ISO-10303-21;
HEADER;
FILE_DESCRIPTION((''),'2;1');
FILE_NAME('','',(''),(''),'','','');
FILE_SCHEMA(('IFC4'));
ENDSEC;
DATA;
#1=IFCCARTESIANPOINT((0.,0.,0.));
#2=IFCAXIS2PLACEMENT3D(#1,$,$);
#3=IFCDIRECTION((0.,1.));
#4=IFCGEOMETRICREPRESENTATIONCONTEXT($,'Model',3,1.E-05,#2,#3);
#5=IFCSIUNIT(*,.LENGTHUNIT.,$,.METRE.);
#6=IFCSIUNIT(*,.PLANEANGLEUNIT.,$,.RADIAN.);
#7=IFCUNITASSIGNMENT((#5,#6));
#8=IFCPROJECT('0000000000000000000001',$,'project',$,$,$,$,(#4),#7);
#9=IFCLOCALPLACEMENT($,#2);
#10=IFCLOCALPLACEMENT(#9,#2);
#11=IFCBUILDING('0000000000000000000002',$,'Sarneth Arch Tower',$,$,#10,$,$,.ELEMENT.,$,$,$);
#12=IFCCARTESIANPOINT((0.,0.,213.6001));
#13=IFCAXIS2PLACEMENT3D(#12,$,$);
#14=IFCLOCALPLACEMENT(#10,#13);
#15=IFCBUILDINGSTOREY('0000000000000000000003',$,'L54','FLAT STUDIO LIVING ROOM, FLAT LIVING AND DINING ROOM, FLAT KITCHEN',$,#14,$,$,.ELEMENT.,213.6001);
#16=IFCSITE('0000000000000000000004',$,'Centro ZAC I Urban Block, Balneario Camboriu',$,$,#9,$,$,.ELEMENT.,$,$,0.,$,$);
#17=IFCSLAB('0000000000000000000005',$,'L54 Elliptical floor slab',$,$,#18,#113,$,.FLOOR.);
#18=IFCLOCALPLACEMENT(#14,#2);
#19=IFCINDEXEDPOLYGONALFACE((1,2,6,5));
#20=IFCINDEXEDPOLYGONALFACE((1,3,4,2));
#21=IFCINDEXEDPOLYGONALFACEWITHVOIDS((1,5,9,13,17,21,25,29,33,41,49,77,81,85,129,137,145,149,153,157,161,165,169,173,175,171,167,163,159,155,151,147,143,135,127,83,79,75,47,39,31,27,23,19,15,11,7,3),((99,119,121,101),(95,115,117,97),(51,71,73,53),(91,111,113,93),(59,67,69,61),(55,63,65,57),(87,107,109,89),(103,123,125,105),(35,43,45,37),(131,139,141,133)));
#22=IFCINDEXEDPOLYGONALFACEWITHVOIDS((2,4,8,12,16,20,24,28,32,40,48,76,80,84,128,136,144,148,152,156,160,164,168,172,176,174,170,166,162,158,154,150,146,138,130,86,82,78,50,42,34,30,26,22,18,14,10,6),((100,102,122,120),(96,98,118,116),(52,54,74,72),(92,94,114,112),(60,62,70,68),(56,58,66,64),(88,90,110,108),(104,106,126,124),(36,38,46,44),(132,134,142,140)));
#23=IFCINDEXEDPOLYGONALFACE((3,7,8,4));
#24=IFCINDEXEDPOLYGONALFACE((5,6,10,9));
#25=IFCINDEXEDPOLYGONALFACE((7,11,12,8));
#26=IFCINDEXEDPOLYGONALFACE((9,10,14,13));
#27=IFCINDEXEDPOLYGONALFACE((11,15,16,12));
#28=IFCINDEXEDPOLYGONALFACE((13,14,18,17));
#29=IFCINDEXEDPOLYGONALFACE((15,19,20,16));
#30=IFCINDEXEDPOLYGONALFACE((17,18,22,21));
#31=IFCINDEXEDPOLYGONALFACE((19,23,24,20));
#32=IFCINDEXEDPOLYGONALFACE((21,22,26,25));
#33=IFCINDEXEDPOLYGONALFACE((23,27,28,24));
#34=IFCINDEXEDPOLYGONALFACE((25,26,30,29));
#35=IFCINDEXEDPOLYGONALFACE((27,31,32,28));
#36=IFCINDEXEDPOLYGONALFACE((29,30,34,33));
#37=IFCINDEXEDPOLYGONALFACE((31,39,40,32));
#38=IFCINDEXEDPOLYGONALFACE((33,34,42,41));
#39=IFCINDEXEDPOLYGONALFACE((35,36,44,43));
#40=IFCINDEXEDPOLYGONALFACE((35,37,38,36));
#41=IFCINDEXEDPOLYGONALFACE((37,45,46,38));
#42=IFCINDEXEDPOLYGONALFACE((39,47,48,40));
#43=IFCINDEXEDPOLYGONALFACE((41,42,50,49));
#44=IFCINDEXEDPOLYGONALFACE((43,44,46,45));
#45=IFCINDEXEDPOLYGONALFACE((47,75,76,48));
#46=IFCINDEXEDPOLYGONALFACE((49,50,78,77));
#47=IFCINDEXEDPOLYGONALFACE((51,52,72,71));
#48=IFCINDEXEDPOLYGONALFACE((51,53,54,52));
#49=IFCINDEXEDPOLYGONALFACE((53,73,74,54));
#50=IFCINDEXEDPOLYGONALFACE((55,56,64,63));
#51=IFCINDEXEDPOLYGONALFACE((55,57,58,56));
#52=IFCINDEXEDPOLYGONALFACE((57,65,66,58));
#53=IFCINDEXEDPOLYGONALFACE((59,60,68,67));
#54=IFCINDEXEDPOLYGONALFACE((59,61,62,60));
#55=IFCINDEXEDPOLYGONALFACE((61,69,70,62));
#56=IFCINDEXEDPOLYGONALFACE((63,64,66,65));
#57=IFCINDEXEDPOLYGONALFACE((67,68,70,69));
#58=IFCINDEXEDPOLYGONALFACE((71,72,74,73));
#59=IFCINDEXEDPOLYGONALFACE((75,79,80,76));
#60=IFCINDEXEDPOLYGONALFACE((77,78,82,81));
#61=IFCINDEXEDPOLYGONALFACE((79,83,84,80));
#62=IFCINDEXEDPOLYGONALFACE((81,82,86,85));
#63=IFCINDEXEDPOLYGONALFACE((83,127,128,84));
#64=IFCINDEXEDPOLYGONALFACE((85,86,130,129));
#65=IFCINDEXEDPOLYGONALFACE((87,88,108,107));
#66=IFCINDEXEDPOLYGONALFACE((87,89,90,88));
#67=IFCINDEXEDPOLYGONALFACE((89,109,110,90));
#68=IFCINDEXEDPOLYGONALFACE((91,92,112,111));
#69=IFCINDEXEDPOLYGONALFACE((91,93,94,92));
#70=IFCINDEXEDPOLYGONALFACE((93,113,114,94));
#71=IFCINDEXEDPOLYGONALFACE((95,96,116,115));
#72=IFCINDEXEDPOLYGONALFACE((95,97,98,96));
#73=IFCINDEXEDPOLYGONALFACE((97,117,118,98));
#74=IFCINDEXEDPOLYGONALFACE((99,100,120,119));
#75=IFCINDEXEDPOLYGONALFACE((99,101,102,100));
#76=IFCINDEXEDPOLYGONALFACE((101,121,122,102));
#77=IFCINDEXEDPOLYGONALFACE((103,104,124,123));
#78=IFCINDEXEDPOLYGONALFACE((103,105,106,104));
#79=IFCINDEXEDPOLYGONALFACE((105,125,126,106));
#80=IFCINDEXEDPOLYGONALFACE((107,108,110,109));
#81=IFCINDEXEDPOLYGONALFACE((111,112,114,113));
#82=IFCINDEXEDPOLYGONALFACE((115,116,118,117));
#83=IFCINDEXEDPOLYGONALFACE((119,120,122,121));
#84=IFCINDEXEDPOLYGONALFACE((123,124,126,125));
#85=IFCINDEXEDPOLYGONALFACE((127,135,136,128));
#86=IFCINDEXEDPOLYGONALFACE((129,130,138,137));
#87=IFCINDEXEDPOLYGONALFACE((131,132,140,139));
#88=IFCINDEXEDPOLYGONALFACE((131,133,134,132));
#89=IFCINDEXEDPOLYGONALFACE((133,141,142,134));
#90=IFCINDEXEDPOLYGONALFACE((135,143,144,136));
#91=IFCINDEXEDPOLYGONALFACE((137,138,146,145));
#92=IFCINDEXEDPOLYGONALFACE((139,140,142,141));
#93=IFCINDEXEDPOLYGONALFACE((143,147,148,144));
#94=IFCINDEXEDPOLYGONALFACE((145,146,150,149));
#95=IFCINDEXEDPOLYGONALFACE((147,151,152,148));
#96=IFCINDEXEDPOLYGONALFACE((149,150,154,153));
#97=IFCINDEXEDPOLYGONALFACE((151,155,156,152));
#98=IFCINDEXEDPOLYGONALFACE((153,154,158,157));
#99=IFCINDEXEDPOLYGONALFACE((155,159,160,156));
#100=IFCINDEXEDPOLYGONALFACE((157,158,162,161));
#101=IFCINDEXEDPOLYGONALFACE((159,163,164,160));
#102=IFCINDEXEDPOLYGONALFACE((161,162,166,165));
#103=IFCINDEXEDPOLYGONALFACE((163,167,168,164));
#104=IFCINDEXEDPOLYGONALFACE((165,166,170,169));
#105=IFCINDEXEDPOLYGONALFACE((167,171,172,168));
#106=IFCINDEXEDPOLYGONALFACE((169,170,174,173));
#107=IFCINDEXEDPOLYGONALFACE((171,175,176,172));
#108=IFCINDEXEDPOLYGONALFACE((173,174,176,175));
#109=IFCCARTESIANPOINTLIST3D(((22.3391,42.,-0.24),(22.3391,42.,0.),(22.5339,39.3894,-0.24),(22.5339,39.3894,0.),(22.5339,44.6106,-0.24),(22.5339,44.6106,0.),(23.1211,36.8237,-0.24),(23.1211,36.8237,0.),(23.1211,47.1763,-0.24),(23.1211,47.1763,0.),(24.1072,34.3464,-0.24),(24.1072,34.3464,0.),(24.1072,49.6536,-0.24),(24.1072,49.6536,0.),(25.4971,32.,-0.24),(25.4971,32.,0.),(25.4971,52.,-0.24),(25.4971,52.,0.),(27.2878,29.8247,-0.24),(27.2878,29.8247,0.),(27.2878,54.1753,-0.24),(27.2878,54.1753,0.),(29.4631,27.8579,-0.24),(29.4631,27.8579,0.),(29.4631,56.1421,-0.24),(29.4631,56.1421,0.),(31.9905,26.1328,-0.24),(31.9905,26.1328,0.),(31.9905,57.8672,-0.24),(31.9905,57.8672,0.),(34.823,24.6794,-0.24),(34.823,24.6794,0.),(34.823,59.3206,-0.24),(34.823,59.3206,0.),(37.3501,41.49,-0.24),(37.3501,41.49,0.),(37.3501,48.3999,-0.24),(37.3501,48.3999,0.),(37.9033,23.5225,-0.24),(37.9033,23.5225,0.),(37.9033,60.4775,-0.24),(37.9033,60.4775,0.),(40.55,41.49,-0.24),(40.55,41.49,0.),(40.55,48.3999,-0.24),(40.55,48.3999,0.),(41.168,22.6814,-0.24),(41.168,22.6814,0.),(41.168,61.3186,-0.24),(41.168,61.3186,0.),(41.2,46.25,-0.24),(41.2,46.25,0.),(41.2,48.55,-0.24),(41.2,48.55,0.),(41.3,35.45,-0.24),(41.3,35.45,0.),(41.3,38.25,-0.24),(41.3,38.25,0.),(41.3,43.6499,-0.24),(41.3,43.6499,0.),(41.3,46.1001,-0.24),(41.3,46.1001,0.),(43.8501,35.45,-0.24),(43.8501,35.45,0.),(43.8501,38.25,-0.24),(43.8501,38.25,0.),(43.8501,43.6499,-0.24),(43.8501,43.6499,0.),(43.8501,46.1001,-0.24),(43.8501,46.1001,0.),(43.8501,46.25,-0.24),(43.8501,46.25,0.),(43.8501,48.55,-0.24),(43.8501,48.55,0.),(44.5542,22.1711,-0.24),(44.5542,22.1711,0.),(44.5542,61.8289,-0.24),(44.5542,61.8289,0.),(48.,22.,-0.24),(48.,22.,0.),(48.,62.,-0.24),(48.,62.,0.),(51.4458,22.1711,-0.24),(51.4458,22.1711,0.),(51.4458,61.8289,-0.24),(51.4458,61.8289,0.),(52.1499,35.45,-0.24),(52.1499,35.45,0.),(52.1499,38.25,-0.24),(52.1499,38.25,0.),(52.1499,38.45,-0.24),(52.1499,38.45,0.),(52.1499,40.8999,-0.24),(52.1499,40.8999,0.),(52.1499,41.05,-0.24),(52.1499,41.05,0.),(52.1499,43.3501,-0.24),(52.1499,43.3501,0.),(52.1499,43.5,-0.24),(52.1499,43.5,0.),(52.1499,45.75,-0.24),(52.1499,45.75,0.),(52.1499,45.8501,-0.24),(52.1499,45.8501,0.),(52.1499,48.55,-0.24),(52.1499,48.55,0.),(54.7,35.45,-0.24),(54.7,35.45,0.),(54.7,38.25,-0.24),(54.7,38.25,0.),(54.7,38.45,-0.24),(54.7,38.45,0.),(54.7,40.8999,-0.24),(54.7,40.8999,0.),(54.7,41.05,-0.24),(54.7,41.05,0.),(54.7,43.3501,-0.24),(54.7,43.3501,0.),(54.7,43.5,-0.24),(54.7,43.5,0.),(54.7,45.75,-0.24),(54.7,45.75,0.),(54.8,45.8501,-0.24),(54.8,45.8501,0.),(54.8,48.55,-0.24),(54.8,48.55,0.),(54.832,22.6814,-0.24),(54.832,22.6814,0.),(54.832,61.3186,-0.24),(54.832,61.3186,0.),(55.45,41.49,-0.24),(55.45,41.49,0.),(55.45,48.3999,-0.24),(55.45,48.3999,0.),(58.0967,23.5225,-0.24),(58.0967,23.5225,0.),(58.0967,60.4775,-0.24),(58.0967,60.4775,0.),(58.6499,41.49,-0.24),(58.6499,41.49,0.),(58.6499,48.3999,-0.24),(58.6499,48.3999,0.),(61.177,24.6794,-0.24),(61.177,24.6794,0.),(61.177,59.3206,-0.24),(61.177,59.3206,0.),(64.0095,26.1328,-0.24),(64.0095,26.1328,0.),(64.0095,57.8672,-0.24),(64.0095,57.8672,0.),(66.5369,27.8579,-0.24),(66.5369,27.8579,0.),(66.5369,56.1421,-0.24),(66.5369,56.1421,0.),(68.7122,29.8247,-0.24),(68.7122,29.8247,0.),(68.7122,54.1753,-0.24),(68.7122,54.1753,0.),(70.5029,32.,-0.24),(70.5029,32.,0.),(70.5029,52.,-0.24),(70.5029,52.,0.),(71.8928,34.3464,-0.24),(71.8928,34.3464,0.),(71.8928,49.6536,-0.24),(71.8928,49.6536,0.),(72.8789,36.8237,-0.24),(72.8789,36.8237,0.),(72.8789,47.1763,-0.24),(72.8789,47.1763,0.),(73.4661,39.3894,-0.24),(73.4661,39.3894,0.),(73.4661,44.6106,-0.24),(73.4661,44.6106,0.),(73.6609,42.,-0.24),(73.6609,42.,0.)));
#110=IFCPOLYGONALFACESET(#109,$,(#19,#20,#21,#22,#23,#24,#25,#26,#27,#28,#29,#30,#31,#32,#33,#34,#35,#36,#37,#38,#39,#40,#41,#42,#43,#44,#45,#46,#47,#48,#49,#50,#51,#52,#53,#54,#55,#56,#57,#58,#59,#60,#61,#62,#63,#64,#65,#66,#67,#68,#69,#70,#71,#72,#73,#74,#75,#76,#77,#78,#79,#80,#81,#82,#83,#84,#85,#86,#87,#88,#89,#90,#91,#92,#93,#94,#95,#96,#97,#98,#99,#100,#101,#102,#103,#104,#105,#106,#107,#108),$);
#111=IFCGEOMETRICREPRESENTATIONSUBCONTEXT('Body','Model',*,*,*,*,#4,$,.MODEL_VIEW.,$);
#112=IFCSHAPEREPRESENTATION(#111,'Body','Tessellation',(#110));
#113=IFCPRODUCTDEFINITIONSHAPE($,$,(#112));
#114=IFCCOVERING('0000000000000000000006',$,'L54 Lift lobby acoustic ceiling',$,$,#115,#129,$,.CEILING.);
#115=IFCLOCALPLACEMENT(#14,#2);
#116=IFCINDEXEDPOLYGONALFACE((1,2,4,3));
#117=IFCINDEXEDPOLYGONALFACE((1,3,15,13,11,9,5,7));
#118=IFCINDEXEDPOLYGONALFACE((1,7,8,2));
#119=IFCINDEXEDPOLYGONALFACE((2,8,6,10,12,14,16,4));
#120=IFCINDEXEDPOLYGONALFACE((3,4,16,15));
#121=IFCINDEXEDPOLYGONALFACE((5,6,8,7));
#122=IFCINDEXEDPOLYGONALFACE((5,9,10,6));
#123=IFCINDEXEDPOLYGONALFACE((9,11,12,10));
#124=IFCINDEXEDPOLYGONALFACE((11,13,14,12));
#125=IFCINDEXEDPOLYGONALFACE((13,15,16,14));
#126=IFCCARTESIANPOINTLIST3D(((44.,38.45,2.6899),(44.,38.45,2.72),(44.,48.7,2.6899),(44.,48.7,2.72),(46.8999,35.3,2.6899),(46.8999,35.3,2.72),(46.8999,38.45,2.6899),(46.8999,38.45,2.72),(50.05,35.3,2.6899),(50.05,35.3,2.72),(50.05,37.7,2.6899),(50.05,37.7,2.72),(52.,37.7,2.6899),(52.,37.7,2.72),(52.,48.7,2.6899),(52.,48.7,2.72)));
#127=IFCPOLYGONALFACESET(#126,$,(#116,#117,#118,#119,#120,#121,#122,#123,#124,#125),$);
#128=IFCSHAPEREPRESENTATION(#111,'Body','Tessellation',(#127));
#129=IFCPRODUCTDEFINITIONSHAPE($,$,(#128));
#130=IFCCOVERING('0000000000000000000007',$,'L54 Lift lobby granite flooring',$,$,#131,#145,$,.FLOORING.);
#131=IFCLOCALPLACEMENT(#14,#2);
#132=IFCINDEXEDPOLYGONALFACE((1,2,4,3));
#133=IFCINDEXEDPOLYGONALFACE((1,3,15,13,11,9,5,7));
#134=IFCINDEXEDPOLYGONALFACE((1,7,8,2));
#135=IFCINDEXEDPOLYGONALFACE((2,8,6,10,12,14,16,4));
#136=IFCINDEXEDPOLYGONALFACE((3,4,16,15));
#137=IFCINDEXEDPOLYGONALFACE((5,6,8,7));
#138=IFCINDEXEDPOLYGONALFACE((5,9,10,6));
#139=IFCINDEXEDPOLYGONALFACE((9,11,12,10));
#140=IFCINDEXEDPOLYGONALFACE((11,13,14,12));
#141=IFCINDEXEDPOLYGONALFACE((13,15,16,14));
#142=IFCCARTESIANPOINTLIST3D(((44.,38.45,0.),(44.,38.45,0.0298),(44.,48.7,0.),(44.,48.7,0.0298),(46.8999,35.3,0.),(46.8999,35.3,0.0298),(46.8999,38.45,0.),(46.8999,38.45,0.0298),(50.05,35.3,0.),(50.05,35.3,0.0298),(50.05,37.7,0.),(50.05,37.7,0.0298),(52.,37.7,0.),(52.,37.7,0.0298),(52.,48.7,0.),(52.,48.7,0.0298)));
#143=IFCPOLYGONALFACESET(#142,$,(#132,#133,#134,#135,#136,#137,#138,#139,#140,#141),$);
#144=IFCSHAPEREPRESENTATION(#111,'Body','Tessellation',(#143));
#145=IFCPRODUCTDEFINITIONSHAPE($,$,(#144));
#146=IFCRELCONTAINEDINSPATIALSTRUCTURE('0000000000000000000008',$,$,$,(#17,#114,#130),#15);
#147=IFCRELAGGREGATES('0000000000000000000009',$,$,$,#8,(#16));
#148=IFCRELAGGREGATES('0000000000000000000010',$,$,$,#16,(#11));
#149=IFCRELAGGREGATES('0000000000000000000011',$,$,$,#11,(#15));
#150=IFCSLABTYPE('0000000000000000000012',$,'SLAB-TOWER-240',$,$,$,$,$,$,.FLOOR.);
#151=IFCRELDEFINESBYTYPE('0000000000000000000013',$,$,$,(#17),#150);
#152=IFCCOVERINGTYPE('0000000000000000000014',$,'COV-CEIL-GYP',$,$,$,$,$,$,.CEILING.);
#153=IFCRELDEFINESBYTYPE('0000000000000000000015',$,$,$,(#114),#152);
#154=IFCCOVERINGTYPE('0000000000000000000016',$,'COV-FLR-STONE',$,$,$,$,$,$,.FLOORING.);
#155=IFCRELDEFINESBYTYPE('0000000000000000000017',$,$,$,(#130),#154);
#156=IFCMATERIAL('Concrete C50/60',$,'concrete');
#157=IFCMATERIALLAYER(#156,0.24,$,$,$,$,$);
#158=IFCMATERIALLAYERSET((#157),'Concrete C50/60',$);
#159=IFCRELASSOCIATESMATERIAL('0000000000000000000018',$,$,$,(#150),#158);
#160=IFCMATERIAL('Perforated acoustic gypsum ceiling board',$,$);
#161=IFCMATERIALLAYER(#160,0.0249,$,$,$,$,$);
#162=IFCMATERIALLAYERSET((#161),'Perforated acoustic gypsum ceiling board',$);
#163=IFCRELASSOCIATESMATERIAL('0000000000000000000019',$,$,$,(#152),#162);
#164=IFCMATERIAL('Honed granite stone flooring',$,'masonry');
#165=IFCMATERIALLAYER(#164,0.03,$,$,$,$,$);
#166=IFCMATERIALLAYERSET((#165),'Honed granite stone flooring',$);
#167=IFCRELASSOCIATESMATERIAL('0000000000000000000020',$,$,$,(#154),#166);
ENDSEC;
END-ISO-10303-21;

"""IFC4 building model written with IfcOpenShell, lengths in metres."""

from ifc_helpers import new_model, si_unit, direction, frame, origin, place, context, subcontext, project, spatial, polyline, outline, extrude, material, layer, layer_set, type_object, element, save


model = new_model("IFC4")

# Units and contexts
model_context = context("Model", 3, precision=1e-05, world=origin(), true_north=direction((0.0, 1.0)))
body_context = subcontext(model_context, "Body", "Model", "MODEL_VIEW")
ifc_project = project(units=[si_unit("LENGTHUNIT", "METRE"), si_unit("PLANEANGLEUNIT", "RADIAN")], contexts=[model_context])

# Site, building, storey
site_placement = place(None, origin())
site = spatial("IfcSite", under=ifc_project, at=site_placement, Name="Centro ZAC I Urban Block, Balneario Camboriu", CompositionType="ELEMENT", RefElevation=0.0)
building_placement = place(site_placement, origin())
building = spatial("IfcBuilding", under=site, at=building_placement, Name="Sarneth Arch Tower", CompositionType="ELEMENT")
storey_placement = place(building_placement, frame((0.0, 0.0, 213.6001)))
storey = spatial("IfcBuildingStorey", under=building, at=storey_placement, Name="L54", Description="FLAT STUDIO LIVING ROOM, FLAT LIVING AND DINING ROOM, FLAT KITCHEN", CompositionType="ELEMENT", Elevation=213.6001)

# Slab
ifc_material_1 = material(Name="Concrete C50/60", Category="concrete")
ifc_layer_1 = layer(ifc_material_1, 0.24)
ifc_layer_set_1 = layer_set([ifc_layer_1], Name="Concrete C50/60")
slab_type_1 = type_object("IfcSlabType", Name="SLAB-TOWER-240", PredefinedType="FLOOR", material=ifc_layer_set_1)
slab_1_placement = place(storey_placement, frame((0.0, 0.0, -0.24)))
element("IfcSlab", 1, at=slab_1_placement, inside=storey, type_object=slab_type_1, Name="L54 Elliptical floor slab", PredefinedType="FLOOR", context=body_context, shape_type="SweptSolid", body=[
    extrude(outline(polyline([(73.6609, 42.0), (73.4661, 44.6106), (72.8789, 47.1763), (71.8928, 49.6536), (70.5029, 52.0), (68.7122, 54.1753), (66.5369, 56.1421), (64.0095, 57.8672), (61.177, 59.3206), (58.0967, 60.4775), (54.832, 61.3186), (51.4458, 61.8289), (48.0, 62.0), (44.5542, 61.8289), (41.168, 61.3186), (37.9033, 60.4775), (34.823, 59.3206), (31.9905, 57.8672), (29.4631, 56.1421), (27.2878, 54.1753), (25.4971, 52.0), (24.1072, 49.6536), (23.1211, 47.1763), (22.5339, 44.6106), (22.3391, 42.0), (22.5339, 39.3894), (23.1211, 36.8237), (24.1072, 34.3464), (25.4971, 32.0), (27.2878, 29.8247), (29.4631, 27.8579), (31.9905, 26.1328), (34.823, 24.6794), (37.9033, 23.5225), (41.168, 22.6814), (44.5542, 22.1711), (48.0, 22.0), (51.4458, 22.1711), (54.832, 22.6814), (58.0967, 23.5225), (61.177, 24.6794), (64.0095, 26.1328), (66.5369, 27.8579), (68.7122, 29.8247), (70.5029, 32.0), (71.8928, 34.3464), (72.8789, 36.8237), (73.4661, 39.3894), (73.6609, 42.0)]), holes=[polyline([(37.3501, 41.49), (40.55, 41.49), (40.55, 48.3999), (37.3501, 48.3999), (37.3501, 41.49)]), polyline([(55.45, 41.49), (58.6499, 41.49), (58.6499, 48.3999), (55.45, 48.3999), (55.45, 41.49)]), polyline([(41.2, 46.25), (43.8501, 46.25), (43.8501, 48.55), (41.2, 48.55), (41.2, 46.25)]), polyline([(41.3, 35.45), (43.8501, 35.45), (43.8501, 38.25), (41.3, 38.25), (41.3, 35.45)]), polyline([(52.1499, 35.45), (54.7, 35.45), (54.7, 38.25), (52.1499, 38.25), (52.1499, 35.45)]), polyline([(52.1499, 45.8501), (54.8, 45.8501), (54.8, 48.55), (52.1499, 48.55), (52.1499, 45.8501)]), polyline([(41.3, 43.6499), (43.8501, 43.6499), (43.8501, 46.1001), (41.3, 46.1001), (41.3, 43.6499)]), polyline([(52.1499, 38.45), (54.7, 38.45), (54.7, 40.8999), (52.1499, 40.8999), (52.1499, 38.45)]), polyline([(52.1499, 41.05), (54.7, 41.05), (54.7, 43.3501), (52.1499, 43.3501), (52.1499, 41.05)]), polyline([(52.1499, 43.5), (54.7, 43.5), (54.7, 45.75), (52.1499, 45.75), (52.1499, 43.5)])]), origin(), (0.0, 0.0, 1.0), 0.24),
])

# Coverings
ifc_material_2 = material(Name="Perforated acoustic gypsum ceiling board")
ifc_layer_2 = layer(ifc_material_2, 0.0249)
ifc_layer_set_2 = layer_set([ifc_layer_2], Name="Perforated acoustic gypsum ceiling board")
covering_type_1 = type_object("IfcCoveringType", Name="COV-CEIL-GYP", PredefinedType="CEILING", material=ifc_layer_set_2)
covering_1_placement = place(storey_placement, frame((0.0, 0.0, 2.6899)))
element("IfcCovering", 2, at=covering_1_placement, inside=storey, type_object=covering_type_1, Name="L54 Lift lobby acoustic ceiling", PredefinedType="CEILING", context=body_context, shape_type="SweptSolid", body=[
    extrude(outline(polyline([(52.0, 37.7), (50.05, 37.7), (50.05, 35.3), (46.8999, 35.3), (46.8999, 38.45), (44.0, 38.45), (44.0, 48.7), (52.0, 48.7), (52.0, 37.7)])), origin(), (0.0, 0.0, 1.0), 0.03),
])
ifc_material_3 = material(Name="Honed granite stone flooring", Category="masonry")
ifc_layer_3 = layer(ifc_material_3, 0.03)
ifc_layer_set_3 = layer_set([ifc_layer_3], Name="Honed granite stone flooring")
covering_type_2 = type_object("IfcCoveringType", Name="COV-FLR-STONE", PredefinedType="FLOORING", material=ifc_layer_set_3)
covering_2_placement = place(storey_placement, origin())
element("IfcCovering", 3, at=covering_2_placement, inside=storey, type_object=covering_type_2, Name="L54 Lift lobby granite flooring", PredefinedType="FLOORING", context=body_context, shape_type="SweptSolid", body=[
    extrude(outline(polyline([(52.0, 37.7), (50.05, 37.7), (50.05, 35.3), (46.8999, 35.3), (46.8999, 38.45), (44.0, 38.45), (44.0, 48.7), (52.0, 48.7), (52.0, 37.7)])), origin(), (0.0, 0.0, 1.0), 0.0298),
])

save(model, "model.ifc")
